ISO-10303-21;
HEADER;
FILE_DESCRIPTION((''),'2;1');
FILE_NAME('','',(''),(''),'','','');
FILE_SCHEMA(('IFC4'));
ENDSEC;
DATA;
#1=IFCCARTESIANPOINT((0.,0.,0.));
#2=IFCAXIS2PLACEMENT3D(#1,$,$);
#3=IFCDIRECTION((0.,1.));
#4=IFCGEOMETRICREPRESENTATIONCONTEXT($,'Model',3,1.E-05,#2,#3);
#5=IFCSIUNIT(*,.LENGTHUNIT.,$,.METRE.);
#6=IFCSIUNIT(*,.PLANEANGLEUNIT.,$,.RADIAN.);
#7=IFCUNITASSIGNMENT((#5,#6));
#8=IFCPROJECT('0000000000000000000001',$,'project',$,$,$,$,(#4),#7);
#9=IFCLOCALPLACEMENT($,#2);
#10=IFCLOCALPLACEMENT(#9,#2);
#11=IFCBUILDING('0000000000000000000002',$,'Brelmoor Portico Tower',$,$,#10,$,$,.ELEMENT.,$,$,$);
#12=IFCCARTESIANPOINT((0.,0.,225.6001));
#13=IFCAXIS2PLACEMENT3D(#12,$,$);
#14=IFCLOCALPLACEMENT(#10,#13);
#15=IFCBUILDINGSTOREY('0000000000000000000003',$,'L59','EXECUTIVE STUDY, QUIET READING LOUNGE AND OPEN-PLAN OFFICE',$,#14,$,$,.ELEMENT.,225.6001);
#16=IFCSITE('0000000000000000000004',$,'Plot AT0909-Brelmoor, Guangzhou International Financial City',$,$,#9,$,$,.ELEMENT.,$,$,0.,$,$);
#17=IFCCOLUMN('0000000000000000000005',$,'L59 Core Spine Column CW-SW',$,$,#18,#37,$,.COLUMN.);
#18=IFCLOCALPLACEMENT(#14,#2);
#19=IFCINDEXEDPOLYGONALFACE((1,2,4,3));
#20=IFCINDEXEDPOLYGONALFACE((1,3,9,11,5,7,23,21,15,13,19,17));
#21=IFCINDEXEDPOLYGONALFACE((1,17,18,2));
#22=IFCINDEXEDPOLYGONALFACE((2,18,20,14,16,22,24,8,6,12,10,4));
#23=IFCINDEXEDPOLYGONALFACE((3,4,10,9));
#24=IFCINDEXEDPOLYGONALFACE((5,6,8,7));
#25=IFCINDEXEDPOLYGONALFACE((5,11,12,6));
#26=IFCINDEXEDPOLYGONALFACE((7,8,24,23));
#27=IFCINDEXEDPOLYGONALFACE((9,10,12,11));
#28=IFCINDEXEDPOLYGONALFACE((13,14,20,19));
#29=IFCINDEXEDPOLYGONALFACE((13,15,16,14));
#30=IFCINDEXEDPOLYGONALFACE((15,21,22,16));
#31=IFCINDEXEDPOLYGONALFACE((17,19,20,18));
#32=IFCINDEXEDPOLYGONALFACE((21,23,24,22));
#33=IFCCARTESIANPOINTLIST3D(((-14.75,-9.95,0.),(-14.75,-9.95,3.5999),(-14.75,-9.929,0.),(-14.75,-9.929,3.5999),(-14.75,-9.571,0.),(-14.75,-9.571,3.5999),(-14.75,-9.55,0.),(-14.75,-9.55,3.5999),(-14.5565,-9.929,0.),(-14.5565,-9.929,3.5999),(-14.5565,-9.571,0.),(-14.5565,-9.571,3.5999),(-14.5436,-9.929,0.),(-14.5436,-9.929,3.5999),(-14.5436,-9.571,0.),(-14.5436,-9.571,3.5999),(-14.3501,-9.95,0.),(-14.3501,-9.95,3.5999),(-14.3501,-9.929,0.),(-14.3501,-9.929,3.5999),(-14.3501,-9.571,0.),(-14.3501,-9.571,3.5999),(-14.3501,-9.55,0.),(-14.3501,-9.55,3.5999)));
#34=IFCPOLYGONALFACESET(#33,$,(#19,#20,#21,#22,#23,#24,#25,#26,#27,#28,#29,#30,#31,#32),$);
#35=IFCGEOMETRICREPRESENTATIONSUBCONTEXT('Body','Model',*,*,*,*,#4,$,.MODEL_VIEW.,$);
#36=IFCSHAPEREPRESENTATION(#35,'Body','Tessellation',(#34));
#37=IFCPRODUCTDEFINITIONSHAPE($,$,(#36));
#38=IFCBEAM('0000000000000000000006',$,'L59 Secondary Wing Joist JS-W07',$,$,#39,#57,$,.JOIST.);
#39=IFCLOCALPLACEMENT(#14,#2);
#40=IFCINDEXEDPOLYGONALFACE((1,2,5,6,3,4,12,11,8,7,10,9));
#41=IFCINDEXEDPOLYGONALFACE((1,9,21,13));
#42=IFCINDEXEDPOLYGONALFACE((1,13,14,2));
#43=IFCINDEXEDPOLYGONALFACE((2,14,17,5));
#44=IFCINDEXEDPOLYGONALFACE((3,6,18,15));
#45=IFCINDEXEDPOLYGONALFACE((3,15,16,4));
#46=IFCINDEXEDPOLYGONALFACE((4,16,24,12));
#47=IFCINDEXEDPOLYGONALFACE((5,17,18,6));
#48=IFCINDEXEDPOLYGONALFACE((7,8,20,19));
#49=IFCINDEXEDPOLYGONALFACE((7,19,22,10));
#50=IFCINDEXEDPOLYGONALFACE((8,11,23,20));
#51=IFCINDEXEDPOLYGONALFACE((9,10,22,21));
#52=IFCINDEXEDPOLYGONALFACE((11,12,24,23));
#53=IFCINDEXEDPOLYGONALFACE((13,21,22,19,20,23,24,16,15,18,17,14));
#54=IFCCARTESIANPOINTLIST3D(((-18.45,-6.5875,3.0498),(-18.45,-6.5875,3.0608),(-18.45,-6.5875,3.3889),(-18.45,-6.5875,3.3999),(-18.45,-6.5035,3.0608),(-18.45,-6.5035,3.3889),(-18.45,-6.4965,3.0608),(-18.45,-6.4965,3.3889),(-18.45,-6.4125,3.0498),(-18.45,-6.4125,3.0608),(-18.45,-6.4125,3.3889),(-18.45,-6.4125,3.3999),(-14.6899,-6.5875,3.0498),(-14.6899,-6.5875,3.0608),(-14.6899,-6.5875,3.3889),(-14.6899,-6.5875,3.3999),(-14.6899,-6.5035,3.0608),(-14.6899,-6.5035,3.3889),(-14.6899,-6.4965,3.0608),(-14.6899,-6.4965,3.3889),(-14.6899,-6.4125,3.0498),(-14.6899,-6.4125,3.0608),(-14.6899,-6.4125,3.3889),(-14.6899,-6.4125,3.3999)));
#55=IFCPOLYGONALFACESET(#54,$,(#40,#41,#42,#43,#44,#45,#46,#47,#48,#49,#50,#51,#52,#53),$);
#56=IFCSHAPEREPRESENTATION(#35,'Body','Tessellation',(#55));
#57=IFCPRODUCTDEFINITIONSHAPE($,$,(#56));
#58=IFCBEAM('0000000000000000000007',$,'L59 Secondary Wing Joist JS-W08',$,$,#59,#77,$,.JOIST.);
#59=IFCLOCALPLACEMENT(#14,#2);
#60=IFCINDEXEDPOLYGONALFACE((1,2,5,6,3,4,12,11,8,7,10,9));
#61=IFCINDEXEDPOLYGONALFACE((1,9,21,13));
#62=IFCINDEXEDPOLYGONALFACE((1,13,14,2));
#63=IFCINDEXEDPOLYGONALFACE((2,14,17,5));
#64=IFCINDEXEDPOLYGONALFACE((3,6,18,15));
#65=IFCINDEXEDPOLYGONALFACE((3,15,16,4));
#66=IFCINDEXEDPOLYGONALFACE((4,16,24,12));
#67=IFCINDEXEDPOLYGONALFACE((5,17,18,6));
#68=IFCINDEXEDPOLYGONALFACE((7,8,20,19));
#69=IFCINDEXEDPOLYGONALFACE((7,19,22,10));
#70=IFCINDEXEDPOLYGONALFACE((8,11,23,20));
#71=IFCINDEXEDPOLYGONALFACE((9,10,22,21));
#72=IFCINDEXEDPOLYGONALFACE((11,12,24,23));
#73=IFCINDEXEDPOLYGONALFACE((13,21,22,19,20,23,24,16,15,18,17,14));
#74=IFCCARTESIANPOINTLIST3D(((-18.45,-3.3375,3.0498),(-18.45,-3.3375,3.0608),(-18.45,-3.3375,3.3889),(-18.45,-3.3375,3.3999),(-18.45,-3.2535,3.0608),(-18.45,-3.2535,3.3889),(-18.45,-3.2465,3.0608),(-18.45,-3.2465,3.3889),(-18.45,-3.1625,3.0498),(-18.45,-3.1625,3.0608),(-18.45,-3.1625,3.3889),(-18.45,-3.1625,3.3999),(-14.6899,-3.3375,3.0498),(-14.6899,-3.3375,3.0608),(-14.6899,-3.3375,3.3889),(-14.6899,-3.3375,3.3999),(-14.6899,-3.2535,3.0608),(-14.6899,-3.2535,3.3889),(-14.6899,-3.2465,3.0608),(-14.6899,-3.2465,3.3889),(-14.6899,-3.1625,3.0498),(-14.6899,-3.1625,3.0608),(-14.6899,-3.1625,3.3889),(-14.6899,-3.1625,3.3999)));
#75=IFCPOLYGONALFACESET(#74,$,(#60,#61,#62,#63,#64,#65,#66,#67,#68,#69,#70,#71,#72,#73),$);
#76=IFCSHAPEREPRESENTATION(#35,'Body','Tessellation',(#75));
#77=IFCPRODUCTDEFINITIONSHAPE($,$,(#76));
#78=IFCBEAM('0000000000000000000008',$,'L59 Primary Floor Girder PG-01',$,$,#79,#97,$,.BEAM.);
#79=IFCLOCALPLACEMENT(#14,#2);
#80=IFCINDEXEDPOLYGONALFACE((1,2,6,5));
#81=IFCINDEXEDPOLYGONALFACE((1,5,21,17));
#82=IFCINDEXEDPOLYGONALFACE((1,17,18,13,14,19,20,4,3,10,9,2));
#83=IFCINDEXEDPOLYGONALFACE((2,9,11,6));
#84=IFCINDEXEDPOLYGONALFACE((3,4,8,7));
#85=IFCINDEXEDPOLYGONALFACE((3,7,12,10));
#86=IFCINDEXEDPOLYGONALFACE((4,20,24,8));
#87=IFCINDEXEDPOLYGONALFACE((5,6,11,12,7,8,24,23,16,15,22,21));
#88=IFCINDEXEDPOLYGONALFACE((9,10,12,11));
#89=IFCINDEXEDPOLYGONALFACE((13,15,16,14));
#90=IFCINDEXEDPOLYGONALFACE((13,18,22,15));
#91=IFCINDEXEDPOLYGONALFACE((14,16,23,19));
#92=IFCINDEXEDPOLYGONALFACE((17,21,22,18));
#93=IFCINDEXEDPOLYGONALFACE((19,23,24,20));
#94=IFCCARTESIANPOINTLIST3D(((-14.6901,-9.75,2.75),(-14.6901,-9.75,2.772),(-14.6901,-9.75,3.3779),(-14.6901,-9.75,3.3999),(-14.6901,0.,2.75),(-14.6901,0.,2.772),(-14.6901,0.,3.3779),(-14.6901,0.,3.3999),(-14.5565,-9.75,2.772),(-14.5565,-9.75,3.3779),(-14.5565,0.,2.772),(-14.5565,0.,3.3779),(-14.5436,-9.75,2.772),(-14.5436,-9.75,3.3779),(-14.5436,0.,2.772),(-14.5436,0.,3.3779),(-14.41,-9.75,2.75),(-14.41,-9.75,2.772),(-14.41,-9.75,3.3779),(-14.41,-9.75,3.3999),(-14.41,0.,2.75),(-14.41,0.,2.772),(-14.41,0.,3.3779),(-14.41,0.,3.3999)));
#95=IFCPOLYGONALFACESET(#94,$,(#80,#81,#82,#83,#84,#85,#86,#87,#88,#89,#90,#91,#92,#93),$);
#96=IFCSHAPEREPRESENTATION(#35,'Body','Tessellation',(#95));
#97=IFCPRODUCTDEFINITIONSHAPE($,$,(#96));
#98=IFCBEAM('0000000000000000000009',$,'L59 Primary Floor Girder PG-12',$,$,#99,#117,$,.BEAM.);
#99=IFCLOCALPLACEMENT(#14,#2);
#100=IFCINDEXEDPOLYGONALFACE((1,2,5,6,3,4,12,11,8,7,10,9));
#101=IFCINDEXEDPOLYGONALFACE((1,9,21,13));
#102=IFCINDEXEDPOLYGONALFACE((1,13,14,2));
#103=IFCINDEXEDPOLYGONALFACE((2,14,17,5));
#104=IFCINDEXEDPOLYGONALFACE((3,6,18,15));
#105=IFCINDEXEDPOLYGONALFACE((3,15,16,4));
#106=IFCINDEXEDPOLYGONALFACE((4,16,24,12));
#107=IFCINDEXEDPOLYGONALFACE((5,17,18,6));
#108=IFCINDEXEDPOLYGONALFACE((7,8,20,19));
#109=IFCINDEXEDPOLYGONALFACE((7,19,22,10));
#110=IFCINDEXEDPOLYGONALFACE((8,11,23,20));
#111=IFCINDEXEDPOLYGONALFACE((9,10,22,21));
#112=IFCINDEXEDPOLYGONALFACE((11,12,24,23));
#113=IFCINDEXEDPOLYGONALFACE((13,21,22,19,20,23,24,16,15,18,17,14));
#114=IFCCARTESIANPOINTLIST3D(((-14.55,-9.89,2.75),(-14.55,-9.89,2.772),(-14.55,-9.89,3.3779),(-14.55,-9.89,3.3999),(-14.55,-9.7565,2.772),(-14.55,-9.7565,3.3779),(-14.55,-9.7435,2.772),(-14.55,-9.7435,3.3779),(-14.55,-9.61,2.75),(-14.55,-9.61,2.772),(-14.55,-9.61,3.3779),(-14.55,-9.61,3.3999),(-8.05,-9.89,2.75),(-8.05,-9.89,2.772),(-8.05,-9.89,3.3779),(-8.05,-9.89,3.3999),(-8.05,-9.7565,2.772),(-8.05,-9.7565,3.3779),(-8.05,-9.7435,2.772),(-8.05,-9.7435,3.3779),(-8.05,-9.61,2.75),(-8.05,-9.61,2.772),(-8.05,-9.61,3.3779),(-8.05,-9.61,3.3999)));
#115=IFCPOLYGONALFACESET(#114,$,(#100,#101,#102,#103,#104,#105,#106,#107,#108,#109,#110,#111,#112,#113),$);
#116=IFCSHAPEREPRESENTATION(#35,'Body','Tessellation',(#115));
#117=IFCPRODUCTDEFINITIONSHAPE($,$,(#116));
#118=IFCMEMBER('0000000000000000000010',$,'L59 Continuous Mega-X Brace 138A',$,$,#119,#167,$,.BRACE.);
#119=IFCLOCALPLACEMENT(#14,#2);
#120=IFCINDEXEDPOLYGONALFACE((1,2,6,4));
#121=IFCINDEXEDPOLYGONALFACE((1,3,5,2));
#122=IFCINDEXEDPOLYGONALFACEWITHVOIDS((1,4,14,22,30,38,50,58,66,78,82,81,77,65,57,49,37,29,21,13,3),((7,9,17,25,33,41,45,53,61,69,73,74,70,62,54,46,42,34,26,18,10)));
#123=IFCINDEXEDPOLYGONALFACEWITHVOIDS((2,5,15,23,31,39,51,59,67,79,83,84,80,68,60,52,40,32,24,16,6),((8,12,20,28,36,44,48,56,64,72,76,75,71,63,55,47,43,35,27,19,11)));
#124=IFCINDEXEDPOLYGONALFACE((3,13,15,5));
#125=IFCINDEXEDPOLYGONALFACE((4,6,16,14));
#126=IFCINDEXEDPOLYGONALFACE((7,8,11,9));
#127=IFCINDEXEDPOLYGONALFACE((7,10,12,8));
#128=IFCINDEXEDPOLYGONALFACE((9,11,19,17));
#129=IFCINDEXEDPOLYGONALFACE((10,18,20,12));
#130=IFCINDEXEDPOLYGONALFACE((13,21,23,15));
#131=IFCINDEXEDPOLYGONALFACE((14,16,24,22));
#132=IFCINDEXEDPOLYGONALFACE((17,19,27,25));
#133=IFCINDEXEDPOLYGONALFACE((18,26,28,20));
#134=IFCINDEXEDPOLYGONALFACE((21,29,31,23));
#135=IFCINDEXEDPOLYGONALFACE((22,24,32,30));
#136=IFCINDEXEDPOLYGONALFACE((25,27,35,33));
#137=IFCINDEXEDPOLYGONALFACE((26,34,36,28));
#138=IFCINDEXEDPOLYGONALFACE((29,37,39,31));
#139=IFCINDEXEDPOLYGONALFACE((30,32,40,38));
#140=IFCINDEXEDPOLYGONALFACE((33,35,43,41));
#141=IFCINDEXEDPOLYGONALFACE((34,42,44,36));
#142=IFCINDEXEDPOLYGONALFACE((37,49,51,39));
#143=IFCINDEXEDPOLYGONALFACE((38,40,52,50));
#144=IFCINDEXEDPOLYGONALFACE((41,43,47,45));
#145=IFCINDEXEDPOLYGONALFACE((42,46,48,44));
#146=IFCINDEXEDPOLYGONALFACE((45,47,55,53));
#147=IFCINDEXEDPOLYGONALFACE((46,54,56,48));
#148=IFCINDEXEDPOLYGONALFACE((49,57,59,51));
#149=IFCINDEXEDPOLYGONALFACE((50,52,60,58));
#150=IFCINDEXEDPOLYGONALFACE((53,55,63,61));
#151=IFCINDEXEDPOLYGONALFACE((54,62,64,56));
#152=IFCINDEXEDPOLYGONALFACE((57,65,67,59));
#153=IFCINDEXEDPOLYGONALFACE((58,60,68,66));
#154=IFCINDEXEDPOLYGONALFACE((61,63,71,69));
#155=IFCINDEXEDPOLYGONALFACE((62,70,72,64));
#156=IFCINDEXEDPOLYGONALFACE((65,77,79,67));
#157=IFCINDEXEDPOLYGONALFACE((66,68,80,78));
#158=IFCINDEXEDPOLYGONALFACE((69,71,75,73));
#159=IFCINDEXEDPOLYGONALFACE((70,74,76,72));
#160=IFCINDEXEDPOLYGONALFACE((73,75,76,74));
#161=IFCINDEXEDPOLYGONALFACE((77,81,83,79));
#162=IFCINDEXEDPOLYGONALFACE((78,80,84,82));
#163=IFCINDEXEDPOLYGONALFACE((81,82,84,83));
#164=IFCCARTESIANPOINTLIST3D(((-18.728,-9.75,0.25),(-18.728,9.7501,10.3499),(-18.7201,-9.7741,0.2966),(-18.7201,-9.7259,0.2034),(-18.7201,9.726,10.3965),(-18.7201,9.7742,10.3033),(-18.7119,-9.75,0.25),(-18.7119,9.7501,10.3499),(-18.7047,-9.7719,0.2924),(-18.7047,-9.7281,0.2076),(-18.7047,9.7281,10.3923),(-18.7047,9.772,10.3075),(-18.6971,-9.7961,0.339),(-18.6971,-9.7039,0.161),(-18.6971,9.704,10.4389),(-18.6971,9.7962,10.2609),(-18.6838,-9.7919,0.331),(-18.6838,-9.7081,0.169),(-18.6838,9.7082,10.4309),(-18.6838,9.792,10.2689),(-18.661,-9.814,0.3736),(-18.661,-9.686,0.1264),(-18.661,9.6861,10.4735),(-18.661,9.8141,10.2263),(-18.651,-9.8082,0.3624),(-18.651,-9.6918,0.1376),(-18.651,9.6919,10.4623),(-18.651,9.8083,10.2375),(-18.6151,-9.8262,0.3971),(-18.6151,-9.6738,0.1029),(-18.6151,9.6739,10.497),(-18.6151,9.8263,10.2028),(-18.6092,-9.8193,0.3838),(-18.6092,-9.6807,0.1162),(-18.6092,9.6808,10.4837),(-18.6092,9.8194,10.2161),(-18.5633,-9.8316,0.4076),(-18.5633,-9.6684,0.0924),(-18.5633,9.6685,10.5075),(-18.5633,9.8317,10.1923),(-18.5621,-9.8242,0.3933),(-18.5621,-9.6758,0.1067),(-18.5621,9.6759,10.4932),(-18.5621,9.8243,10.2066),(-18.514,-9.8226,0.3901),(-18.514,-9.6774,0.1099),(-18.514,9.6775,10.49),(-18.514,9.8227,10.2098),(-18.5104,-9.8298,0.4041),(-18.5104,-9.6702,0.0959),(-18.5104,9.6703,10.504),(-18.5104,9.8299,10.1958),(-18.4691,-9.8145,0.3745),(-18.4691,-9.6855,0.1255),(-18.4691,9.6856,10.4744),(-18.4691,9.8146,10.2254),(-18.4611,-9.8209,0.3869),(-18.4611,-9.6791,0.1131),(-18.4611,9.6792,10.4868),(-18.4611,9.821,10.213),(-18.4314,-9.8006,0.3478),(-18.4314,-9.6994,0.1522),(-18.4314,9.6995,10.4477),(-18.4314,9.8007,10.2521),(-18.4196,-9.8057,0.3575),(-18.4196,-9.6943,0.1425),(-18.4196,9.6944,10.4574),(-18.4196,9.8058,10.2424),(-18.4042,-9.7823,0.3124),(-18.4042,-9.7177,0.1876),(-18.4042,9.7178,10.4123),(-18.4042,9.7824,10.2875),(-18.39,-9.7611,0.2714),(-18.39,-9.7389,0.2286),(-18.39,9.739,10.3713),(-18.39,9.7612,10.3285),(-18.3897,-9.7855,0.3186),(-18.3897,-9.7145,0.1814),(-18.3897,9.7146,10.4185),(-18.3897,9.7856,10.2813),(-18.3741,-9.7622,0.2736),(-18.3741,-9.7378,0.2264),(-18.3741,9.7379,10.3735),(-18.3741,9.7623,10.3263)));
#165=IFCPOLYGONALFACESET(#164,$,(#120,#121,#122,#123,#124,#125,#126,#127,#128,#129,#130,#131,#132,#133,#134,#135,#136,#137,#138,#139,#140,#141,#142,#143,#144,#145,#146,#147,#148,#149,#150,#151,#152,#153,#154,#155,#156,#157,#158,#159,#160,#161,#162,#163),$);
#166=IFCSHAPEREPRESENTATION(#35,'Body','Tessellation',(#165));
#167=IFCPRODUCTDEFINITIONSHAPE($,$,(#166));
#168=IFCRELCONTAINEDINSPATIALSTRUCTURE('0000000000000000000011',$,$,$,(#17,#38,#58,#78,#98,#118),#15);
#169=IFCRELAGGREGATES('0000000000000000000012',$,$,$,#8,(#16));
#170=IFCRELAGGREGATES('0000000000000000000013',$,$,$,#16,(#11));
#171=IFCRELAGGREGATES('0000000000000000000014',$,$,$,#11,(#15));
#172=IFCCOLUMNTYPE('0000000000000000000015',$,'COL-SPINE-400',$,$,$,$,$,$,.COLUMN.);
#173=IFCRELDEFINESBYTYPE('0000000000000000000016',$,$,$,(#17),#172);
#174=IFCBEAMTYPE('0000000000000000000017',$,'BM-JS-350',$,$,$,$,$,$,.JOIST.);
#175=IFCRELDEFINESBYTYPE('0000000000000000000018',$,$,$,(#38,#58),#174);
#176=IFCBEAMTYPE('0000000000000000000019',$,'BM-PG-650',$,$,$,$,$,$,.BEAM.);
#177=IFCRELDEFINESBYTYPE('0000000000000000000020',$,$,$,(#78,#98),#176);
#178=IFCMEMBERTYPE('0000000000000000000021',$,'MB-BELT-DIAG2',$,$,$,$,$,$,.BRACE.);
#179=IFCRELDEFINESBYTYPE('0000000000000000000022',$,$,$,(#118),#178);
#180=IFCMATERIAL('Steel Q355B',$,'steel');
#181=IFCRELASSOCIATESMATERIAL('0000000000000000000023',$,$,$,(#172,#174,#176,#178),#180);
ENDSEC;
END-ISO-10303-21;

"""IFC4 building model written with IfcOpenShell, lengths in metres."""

from ifc_helpers import new_model, si_unit, direction, frame, origin, origin_2d, place, context, subcontext, project, spatial, hollow_circle, i_section, extrude, material, material_profile, profile_set, type_object, element, save


model = new_model("IFC4")

# Units and contexts
model_context = context("Model", 3, precision=1e-05, world=origin(), true_north=direction((0.0, 1.0)))
body_context = subcontext(model_context, "Body", "Model", "MODEL_VIEW")
ifc_project = project(units=[si_unit("LENGTHUNIT", "METRE"), si_unit("PLANEANGLEUNIT", "RADIAN")], contexts=[model_context])

# Site, building, storey
site_placement = place(None, origin())
site = spatial("IfcSite", under=ifc_project, at=site_placement, Name="Plot AT0909-Brelmoor, Guangzhou International Financial City", CompositionType="ELEMENT", RefElevation=0.0)
building_placement = place(site_placement, origin())
building = spatial("IfcBuilding", under=site, at=building_placement, Name="Brelmoor Portico Tower", CompositionType="ELEMENT")
storey_placement = place(building_placement, frame((0.0, 0.0, 225.6001)))
storey = spatial("IfcBuildingStorey", under=building, at=storey_placement, Name="L59", Description="EXECUTIVE STUDY, QUIET READING LOUNGE AND OPEN-PLAN OFFICE", CompositionType="ELEMENT", Elevation=225.6001)

# Column
ifc_material_1 = material(Name="Steel Q355B", Category="steel")
ifc_material_profile_1 = material_profile(ifc_material_1, i_section(OverallWidth=0.3999, OverallDepth=0.3999, WebThickness=0.0129, FlangeThickness=0.021, at=origin_2d()), Name="HW 400x400x13x21")
ifc_profile_set_1 = profile_set([ifc_material_profile_1], Name="Steel Q355B")
column_type = type_object("IfcColumnType", Name="COL-SPINE-400", PredefinedType="COLUMN", material=ifc_profile_set_1)
column_placement = place(storey_placement, frame((-14.55, -9.75, 0.0), z_axis=(0.0, 0.0, 1.0), x_axis=(1.0, 0.0, 0.0)))
element("IfcColumn", 1, at=column_placement, inside=storey, type_object=column_type, Name="L59 Core Spine Column CW-SW", PredefinedType="COLUMN", context=body_context, shape_type="SweptSolid", body=[
    extrude(i_section(OverallWidth=0.3999, OverallDepth=0.3999, WebThickness=0.0129, FlangeThickness=0.021, at=origin_2d()), origin(), (0.0, 0.0, 1.0), 3.5999),
])

# Beams
ifc_material_profile_2 = material_profile(ifc_material_1, i_section(OverallWidth=0.175, OverallDepth=0.3501, WebThickness=0.0071, FlangeThickness=0.011, at=origin_2d()), Name="HN 350x175x7x11")
ifc_profile_set_2 = profile_set([ifc_material_profile_2], Name="Steel Q355B")
beam_type_1 = type_object("IfcBeamType", Name="BM-JS-350", PredefinedType="JOIST", material=ifc_profile_set_2)
for number, where, z_axis, x_axis, name in (
    (2, (-18.45, -6.5, 3.2249), (1.0, 0.0, 0.0), (0.0, 1.0, 0.0), "L59 Secondary Wing Joist JS-W07"),
    (3, (-18.45, -3.25, 3.2249), (1.0, 0.0, 0.0), (0.0, 1.0, 0.0), "L59 Secondary Wing Joist JS-W08"),
):
    element("IfcBeam", number, at=place(storey_placement, frame(where, z_axis=z_axis, x_axis=x_axis)), inside=storey, type_object=beam_type_1, Name=name, PredefinedType="JOIST", context=body_context, shape_type="SweptSolid", body=[
        extrude(i_section(OverallWidth=0.175, OverallDepth=0.3501, WebThickness=0.0071, FlangeThickness=0.011, at=origin_2d()), origin(), (0.0, 0.0, 1.0), 3.76),
    ])
ifc_material_profile_3 = material_profile(ifc_material_1, i_section(OverallWidth=0.28, OverallDepth=0.6499, WebThickness=0.0129, FlangeThickness=0.022, at=origin_2d()), Name="HN 650x280x13x22")
ifc_profile_set_3 = profile_set([ifc_material_profile_3], Name="Steel Q355B")
beam_type_2 = type_object("IfcBeamType", Name="BM-PG-650", PredefinedType="BEAM", material=ifc_profile_set_3)
beam_1_placement = place(storey_placement, frame((-14.55, -9.75, 3.075), z_axis=(0.0, 1.0, 0.0), x_axis=(-1.0, 0.0, 0.0)))
element("IfcBeam", 4, at=beam_1_placement, inside=storey, type_object=beam_type_2, Name="L59 Primary Floor Girder PG-01", PredefinedType="BEAM", context=body_context, shape_type="SweptSolid", body=[
    extrude(i_section(OverallWidth=0.28, OverallDepth=0.6499, WebThickness=0.0129, FlangeThickness=0.022, at=origin_2d()), origin(), (0.0, 0.0, 1.0), 9.75),
])
beam_2_placement = place(storey_placement, frame((-14.55, -9.75, 3.075), z_axis=(1.0, 0.0, 0.0), x_axis=(0.0, 1.0, 0.0)))
element("IfcBeam", 5, at=beam_2_placement, inside=storey, type_object=beam_type_2, Name="L59 Primary Floor Girder PG-12", PredefinedType="BEAM", context=body_context, shape_type="SweptSolid", body=[
    extrude(i_section(OverallWidth=0.28, OverallDepth=0.6499, WebThickness=0.0129, FlangeThickness=0.022, at=origin_2d()), origin(), (0.0, 0.0, 1.0), 6.5),
])

# Member
ifc_material_profile_4 = material_profile(ifc_material_1, hollow_circle(Radius=0.178, WallThickness=0.0161, at=origin_2d()), Name="CHS 356x16")
ifc_profile_set_4 = profile_set([ifc_material_profile_4], Name="Steel Q355B")
member_type_1 = type_object("IfcMemberType", Name="MB-BELT-DIAG2", PredefinedType="BRACE", material=ifc_profile_set_4)
member_1_placement = place(storey_placement, frame((-18.55, -9.75, 0.25), z_axis=(0.0, 0.887964, 0.459913), x_axis=(-1.0, 0.0, 0.0)))
element("IfcMember", 6, at=member_1_placement, inside=storey, type_object=member_type_1, Name="L59 Continuous Mega-X Brace 138A", PredefinedType="BRACE", context=body_context, shape_type="SweptSolid", body=[
    extrude(hollow_circle(Radius=0.178, WallThickness=0.0161, at=origin_2d()), origin(), (0.0, 0.0, 1.0), 21.9604),
])

save(model, "model.ifc")
